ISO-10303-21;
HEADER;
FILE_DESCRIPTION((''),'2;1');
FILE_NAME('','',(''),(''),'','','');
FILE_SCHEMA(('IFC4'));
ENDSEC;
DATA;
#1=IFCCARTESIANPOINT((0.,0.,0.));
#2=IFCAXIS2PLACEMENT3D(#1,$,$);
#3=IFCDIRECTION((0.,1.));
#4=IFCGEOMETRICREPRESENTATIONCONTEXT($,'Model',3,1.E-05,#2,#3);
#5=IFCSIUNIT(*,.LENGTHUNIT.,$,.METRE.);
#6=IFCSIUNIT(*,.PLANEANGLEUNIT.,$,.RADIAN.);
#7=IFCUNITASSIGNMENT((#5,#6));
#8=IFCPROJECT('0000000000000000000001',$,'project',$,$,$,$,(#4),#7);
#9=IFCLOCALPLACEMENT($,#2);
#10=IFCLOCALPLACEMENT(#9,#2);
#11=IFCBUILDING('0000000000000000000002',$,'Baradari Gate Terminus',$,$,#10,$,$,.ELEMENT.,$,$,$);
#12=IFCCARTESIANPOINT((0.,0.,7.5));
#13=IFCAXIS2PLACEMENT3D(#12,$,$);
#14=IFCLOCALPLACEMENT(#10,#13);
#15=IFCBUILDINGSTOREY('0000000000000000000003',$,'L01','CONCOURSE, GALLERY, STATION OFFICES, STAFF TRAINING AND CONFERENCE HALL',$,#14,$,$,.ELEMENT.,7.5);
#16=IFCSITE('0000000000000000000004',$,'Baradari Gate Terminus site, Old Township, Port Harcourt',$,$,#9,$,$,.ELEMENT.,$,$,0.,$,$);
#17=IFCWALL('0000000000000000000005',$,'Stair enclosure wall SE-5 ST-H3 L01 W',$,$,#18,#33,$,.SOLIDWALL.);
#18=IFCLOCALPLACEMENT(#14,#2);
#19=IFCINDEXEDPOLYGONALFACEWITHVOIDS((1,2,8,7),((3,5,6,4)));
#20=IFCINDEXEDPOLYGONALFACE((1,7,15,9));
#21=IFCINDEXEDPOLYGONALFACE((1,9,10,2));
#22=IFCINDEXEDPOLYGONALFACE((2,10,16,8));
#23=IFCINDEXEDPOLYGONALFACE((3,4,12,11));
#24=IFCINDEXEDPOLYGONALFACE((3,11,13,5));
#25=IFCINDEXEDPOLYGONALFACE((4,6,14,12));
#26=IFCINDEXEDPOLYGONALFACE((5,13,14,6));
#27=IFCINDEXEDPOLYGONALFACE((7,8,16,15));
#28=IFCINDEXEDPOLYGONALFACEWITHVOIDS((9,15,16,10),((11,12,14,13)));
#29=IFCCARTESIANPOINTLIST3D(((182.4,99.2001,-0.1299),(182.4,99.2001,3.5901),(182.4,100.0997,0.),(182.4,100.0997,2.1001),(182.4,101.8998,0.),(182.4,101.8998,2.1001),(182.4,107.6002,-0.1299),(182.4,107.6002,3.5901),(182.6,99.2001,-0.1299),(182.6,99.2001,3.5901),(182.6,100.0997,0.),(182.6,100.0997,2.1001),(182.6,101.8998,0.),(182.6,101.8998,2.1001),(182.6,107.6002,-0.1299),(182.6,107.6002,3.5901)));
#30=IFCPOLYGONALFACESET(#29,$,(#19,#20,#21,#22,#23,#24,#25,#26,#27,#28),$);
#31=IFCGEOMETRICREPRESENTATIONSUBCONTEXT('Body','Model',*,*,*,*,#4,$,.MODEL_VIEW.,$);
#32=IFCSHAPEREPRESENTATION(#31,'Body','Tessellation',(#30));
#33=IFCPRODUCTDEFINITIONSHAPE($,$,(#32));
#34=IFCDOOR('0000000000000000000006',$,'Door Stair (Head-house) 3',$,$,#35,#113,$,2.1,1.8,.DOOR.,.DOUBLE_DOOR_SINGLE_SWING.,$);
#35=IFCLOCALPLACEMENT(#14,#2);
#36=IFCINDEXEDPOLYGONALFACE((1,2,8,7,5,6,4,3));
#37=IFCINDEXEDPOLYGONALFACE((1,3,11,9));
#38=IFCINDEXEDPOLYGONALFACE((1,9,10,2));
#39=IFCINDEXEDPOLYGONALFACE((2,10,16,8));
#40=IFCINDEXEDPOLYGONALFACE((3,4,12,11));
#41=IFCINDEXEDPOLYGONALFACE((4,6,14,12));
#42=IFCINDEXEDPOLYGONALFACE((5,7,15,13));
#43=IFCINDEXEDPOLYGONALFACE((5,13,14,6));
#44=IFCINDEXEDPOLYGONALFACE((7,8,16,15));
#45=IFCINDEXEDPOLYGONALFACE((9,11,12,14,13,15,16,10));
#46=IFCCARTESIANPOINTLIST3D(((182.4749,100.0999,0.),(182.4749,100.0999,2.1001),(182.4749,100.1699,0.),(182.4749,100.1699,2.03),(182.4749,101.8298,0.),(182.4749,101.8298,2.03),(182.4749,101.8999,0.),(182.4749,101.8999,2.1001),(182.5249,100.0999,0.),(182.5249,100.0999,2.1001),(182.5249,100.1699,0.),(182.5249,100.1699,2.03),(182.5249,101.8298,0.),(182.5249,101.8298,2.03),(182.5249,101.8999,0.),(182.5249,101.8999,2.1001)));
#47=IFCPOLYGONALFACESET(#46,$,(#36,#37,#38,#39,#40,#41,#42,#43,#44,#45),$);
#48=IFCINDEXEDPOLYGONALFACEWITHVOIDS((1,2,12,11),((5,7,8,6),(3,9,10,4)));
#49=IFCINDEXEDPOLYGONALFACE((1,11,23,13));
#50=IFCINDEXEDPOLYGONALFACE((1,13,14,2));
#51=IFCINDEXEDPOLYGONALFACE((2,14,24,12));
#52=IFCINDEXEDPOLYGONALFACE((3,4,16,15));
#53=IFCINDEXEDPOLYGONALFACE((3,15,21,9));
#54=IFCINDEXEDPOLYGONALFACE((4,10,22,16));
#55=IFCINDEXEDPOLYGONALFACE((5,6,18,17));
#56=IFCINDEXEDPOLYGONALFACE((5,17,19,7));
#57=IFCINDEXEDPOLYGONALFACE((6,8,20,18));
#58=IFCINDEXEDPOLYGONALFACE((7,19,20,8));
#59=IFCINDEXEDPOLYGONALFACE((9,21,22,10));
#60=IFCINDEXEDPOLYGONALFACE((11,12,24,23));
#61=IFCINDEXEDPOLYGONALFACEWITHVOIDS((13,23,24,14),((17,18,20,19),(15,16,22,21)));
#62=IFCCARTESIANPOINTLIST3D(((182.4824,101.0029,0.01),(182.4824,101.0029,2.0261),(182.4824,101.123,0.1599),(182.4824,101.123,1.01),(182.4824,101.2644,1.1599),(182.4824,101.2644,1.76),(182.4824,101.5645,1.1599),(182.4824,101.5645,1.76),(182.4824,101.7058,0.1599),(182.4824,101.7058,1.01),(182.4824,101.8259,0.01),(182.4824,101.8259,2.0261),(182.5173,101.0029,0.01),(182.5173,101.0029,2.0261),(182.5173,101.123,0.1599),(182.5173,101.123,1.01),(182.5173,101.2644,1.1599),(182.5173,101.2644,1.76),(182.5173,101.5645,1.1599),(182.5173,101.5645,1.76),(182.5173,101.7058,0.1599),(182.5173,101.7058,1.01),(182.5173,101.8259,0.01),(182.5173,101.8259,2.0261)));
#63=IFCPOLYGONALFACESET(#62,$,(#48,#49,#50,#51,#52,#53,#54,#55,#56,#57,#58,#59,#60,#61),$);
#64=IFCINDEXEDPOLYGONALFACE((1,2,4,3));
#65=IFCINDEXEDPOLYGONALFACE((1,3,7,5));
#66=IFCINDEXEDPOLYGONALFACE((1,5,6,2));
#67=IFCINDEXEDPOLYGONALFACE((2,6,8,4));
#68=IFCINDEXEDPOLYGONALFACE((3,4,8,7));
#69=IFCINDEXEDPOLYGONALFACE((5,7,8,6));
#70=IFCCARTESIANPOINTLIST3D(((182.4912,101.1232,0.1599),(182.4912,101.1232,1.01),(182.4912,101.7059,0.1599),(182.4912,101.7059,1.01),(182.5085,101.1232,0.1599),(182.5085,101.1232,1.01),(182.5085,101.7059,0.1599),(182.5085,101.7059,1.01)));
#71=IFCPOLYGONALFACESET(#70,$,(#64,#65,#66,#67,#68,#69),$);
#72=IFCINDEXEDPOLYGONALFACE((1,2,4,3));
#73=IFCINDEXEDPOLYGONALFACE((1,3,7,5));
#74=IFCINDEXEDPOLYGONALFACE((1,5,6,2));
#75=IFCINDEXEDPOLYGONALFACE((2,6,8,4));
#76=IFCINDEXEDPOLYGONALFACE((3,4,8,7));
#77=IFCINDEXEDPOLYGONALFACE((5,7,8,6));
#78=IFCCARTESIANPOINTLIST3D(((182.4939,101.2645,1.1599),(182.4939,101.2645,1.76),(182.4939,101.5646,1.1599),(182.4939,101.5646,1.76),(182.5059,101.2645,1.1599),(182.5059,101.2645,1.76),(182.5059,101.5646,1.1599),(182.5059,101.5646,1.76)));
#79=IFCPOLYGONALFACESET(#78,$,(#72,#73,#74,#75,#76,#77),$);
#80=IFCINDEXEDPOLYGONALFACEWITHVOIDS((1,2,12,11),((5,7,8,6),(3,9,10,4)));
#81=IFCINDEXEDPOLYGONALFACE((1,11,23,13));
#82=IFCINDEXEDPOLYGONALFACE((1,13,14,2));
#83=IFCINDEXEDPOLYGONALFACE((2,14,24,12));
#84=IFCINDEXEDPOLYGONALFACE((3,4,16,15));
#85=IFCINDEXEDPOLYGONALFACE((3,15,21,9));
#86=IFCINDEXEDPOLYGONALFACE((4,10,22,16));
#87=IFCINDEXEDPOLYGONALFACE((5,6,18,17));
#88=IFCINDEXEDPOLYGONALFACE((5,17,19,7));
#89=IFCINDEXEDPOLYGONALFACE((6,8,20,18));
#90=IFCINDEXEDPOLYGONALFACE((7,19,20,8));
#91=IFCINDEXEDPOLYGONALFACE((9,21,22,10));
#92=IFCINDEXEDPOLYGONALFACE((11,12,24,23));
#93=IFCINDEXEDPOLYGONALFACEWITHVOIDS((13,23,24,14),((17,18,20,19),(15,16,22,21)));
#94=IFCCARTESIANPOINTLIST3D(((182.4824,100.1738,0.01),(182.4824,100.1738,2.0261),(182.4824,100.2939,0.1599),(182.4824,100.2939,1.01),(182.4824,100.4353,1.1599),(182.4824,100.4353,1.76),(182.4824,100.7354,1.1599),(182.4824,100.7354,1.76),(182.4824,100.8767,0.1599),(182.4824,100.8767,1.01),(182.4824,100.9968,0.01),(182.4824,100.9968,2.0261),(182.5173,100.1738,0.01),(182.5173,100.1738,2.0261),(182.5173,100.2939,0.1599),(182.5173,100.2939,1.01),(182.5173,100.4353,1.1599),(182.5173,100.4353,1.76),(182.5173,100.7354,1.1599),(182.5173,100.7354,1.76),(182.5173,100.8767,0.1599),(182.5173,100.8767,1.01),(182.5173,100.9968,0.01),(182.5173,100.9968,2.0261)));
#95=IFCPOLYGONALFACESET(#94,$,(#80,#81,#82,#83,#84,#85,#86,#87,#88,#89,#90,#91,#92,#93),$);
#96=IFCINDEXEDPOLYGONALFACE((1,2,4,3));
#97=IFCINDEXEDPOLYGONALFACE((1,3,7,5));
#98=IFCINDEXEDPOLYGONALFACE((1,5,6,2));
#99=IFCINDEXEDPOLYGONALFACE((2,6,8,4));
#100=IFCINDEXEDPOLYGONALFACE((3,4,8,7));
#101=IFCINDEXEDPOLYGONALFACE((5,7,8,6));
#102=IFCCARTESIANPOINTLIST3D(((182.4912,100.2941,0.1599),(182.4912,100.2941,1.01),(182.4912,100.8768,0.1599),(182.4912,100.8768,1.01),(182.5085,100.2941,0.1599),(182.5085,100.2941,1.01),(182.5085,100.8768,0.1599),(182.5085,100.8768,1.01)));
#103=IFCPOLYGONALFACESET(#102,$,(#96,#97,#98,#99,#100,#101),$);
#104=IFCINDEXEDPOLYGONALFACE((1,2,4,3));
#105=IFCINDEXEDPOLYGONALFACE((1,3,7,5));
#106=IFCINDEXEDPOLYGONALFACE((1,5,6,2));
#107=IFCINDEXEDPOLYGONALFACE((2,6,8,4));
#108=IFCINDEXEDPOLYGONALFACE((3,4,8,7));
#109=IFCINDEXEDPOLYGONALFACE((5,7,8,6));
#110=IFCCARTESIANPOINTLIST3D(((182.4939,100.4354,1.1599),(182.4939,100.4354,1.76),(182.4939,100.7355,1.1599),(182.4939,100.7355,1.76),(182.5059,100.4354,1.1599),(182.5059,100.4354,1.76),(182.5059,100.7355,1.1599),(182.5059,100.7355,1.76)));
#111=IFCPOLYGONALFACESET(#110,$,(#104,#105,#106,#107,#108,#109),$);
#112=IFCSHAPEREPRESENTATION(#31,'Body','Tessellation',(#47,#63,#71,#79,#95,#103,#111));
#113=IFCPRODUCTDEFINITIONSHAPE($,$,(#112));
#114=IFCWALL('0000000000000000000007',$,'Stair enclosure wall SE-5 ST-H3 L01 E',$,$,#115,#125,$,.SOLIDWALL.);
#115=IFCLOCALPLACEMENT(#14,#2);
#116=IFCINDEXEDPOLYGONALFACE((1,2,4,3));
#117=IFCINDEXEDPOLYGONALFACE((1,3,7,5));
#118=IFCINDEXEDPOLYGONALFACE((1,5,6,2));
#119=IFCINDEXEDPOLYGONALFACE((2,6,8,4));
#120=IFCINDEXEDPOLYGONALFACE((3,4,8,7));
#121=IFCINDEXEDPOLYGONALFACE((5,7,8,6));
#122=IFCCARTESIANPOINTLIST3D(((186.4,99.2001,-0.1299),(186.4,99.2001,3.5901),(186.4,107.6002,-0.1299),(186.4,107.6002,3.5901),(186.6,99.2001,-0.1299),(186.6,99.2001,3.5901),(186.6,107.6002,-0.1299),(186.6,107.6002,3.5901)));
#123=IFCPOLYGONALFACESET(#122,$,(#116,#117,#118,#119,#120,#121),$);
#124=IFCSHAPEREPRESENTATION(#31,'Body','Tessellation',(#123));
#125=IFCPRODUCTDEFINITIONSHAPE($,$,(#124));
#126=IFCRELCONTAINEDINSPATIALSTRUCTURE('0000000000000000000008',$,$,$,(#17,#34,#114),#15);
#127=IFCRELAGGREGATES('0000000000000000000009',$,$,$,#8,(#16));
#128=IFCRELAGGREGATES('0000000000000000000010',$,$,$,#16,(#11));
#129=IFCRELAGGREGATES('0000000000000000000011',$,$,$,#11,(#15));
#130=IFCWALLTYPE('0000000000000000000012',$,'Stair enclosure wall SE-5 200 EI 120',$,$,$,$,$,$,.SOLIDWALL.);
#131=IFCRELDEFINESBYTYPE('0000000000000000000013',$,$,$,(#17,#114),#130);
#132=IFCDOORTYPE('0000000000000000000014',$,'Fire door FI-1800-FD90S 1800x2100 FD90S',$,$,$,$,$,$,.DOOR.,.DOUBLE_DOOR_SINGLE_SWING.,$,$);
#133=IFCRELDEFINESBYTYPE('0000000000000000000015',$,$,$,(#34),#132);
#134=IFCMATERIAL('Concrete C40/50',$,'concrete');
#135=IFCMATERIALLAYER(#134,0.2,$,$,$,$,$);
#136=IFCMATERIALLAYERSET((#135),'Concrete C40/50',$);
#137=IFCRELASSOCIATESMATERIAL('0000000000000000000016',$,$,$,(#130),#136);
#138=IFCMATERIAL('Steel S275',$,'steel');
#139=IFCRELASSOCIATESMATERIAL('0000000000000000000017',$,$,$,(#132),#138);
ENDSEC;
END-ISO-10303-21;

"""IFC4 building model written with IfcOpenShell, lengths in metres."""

from ifc_helpers import new_model, si_unit, direction, frame, frame_2d, origin, place, context, subcontext, project, spatial, polyline, rectangle, outline, extrude, material, layer, layer_set, type_object, element, fill, save


model = new_model("IFC4")

# Units and contexts
model_context = context("Model", 3, precision=1e-05, world=origin(), true_north=direction((0.0, 1.0)))
body_context = subcontext(model_context, "Body", "Model", "MODEL_VIEW")
ifc_project = project(units=[si_unit("LENGTHUNIT", "METRE"), si_unit("PLANEANGLEUNIT", "RADIAN")], contexts=[model_context])

# Site, building, storey
site_placement = place(None, origin())
site = spatial("IfcSite", under=ifc_project, at=site_placement, Name="Baradari Gate Terminus site, Old Township, Port Harcourt", CompositionType="ELEMENT", RefElevation=0.0)
building_placement = place(site_placement, origin())
building = spatial("IfcBuilding", under=site, at=building_placement, Name="Baradari Gate Terminus", CompositionType="ELEMENT")
storey_placement = place(building_placement, frame((0.0, 0.0, 7.5)))
storey = spatial("IfcBuildingStorey", under=building, at=storey_placement, Name="L01", Description="CONCOURSE, GALLERY, STATION OFFICES, STAFF TRAINING AND CONFERENCE HALL", CompositionType="ELEMENT", Elevation=7.5)

# Wall, opening, door
ifc_material_1 = material(Name="Concrete C40/50", Category="concrete")
ifc_layer_1 = layer(ifc_material_1, 0.2)
ifc_layer_set_1 = layer_set([ifc_layer_1], Name="Concrete C40/50")
wall_type_1 = type_object("IfcWallType", Name="Stair enclosure wall SE-5 200 EI 120", PredefinedType="SOLIDWALL", material=ifc_layer_set_1)
ifc_material_2 = material(Name="Steel S275", Category="steel")
door_type_1 = type_object("IfcDoorType", Name="Fire door FI-1800-FD90S 1800x2100 FD90S", OperationType="DOUBLE_DOOR_SINGLE_SWING", PredefinedType="DOOR", material=ifc_material_2)
wall_1_placement = place(storey_placement, frame((182.5, 99.2, -0.1299), z_axis=(0.0, 0.0, 1.0), x_axis=(0.0, 1.0, 0.0)))
wall_1 = element("IfcWall", 1, at=wall_1_placement, inside=storey, type_object=wall_type_1, Name="Stair enclosure wall SE-5 ST-H3 L01 W", PredefinedType="SOLIDWALL", context=body_context, shape_type="SweptSolid", body=[
    extrude(rectangle(XDim=8.4001, YDim=0.2, at=frame_2d((4.2002, 0.0))), origin(), (0.0, 0.0, 1.0), 3.72),
])
opening_1_placement = place(wall_1_placement, frame((0.8999, 0.0, 0.1299)))
opening_1 = element("IfcOpeningElement", 2, at=opening_1_placement, cuts=wall_1, PredefinedType="OPENING", context=body_context, shape_type="SweptSolid", body=[
    extrude(rectangle(XDim=1.8, YDim=2.1001, at=frame_2d((0.8999, 1.05))), frame((0.0, 0.1099, 0.0), z_axis=(0.0, -1.0, 0.0), x_axis=(1.0, 0.0, 0.0)), (0.0, 0.0, 1.0), 0.22),
])
door_1_placement = place(opening_1_placement, frame((1.8, 0.0, 0.0), z_axis=(0.0, 0.0, 1.0), x_axis=(-1.0, 0.0, 0.0)))
door_1 = element("IfcDoor", 3, at=door_1_placement, inside=storey, type_object=door_type_1, Name="Door Stair (Head-house) 3", OperationType="DOUBLE_DOOR_SINGLE_SWING", OverallHeight=2.1, OverallWidth=1.8, PredefinedType="DOOR", context=body_context, shape_type="SweptSolid", body=[
    extrude(outline(polyline([(0.0, 0.0), (0.0701, 0.0), (0.0701, 2.03), (1.73, 2.03), (1.73, 0.0), (1.8, 0.0), (1.8, 2.1001), (0.0, 2.1001), (0.0, 0.0)])), frame((0.0, 0.0249, 0.0), z_axis=(0.0, -1.0, 0.0), x_axis=(1.0, 0.0, 0.0)), (0.0, 0.0, 1.0), 0.05),
    extrude(outline(polyline([(0.074, 0.01), (0.897, 0.01), (0.897, 2.0261), (0.074, 2.0261), (0.074, 0.01)]), holes=[polyline([(0.1941, 0.1599), (0.7769, 0.1599), (0.7769, 1.01), (0.1941, 1.01), (0.1941, 0.1599)]), polyline([(0.3354, 1.1599), (0.6355, 1.1599), (0.6355, 1.76), (0.3354, 1.76), (0.3354, 1.1599)])]), frame((0.0, 0.0173, 0.0), z_axis=(0.0, -1.0, 0.0), x_axis=(1.0, 0.0, 0.0)), (0.0, 0.0, 1.0), 0.0349),
    extrude(rectangle(XDim=0.5828, YDim=0.8501, at=frame_2d((0.4854, 0.585))), frame((0.0, 0.0085, 0.0), z_axis=(0.0, -1.0, 0.0), x_axis=(1.0, 0.0, 0.0)), (0.0, 0.0, 1.0), 0.0173),
    extrude(rectangle(XDim=0.3, YDim=0.6001, at=frame_2d((0.4854, 1.46))), frame((0.0, 0.0059, 0.0), z_axis=(0.0, -1.0, 0.0), x_axis=(1.0, 0.0, 0.0)), (0.0, 0.0, 1.0), 0.012),
    extrude(outline(polyline([(0.9031, 0.01), (1.7261, 0.01), (1.7261, 2.0261), (0.9031, 2.0261), (0.9031, 0.01)]), holes=[polyline([(1.0232, 0.1599), (1.606, 0.1599), (1.606, 1.01), (1.0232, 1.01), (1.0232, 0.1599)]), polyline([(1.1646, 1.1599), (1.4646, 1.1599), (1.4646, 1.76), (1.1646, 1.76), (1.1646, 1.1599)])]), frame((0.0, 0.0173, 0.0), z_axis=(0.0, -1.0, 0.0), x_axis=(1.0, 0.0, 0.0)), (0.0, 0.0, 1.0), 0.0349),
    extrude(rectangle(XDim=0.5828, YDim=0.8501, at=frame_2d((1.3145, 0.585))), frame((0.0, 0.0085, 0.0), z_axis=(0.0, -1.0, 0.0), x_axis=(1.0, 0.0, 0.0)), (0.0, 0.0, 1.0), 0.0173),
    extrude(rectangle(XDim=0.3, YDim=0.6001, at=frame_2d((1.3145, 1.46))), frame((0.0, 0.0059, 0.0), z_axis=(0.0, -1.0, 0.0), x_axis=(1.0, 0.0, 0.0)), (0.0, 0.0, 1.0), 0.012),
])
fill(opening_1, door_1)

# Wall
wall_2_placement = place(storey_placement, frame((186.5, 99.2, -0.1299), z_axis=(0.0, 0.0, 1.0), x_axis=(0.0, 1.0, 0.0)))
element("IfcWall", 4, at=wall_2_placement, inside=storey, type_object=wall_type_1, Name="Stair enclosure wall SE-5 ST-H3 L01 E", PredefinedType="SOLIDWALL", context=body_context, shape_type="SweptSolid", body=[
    extrude(rectangle(XDim=8.4001, YDim=0.2, at=frame_2d((4.2002, 0.0))), origin(), (0.0, 0.0, 1.0), 3.72),
])

save(model, "model.ifc")
